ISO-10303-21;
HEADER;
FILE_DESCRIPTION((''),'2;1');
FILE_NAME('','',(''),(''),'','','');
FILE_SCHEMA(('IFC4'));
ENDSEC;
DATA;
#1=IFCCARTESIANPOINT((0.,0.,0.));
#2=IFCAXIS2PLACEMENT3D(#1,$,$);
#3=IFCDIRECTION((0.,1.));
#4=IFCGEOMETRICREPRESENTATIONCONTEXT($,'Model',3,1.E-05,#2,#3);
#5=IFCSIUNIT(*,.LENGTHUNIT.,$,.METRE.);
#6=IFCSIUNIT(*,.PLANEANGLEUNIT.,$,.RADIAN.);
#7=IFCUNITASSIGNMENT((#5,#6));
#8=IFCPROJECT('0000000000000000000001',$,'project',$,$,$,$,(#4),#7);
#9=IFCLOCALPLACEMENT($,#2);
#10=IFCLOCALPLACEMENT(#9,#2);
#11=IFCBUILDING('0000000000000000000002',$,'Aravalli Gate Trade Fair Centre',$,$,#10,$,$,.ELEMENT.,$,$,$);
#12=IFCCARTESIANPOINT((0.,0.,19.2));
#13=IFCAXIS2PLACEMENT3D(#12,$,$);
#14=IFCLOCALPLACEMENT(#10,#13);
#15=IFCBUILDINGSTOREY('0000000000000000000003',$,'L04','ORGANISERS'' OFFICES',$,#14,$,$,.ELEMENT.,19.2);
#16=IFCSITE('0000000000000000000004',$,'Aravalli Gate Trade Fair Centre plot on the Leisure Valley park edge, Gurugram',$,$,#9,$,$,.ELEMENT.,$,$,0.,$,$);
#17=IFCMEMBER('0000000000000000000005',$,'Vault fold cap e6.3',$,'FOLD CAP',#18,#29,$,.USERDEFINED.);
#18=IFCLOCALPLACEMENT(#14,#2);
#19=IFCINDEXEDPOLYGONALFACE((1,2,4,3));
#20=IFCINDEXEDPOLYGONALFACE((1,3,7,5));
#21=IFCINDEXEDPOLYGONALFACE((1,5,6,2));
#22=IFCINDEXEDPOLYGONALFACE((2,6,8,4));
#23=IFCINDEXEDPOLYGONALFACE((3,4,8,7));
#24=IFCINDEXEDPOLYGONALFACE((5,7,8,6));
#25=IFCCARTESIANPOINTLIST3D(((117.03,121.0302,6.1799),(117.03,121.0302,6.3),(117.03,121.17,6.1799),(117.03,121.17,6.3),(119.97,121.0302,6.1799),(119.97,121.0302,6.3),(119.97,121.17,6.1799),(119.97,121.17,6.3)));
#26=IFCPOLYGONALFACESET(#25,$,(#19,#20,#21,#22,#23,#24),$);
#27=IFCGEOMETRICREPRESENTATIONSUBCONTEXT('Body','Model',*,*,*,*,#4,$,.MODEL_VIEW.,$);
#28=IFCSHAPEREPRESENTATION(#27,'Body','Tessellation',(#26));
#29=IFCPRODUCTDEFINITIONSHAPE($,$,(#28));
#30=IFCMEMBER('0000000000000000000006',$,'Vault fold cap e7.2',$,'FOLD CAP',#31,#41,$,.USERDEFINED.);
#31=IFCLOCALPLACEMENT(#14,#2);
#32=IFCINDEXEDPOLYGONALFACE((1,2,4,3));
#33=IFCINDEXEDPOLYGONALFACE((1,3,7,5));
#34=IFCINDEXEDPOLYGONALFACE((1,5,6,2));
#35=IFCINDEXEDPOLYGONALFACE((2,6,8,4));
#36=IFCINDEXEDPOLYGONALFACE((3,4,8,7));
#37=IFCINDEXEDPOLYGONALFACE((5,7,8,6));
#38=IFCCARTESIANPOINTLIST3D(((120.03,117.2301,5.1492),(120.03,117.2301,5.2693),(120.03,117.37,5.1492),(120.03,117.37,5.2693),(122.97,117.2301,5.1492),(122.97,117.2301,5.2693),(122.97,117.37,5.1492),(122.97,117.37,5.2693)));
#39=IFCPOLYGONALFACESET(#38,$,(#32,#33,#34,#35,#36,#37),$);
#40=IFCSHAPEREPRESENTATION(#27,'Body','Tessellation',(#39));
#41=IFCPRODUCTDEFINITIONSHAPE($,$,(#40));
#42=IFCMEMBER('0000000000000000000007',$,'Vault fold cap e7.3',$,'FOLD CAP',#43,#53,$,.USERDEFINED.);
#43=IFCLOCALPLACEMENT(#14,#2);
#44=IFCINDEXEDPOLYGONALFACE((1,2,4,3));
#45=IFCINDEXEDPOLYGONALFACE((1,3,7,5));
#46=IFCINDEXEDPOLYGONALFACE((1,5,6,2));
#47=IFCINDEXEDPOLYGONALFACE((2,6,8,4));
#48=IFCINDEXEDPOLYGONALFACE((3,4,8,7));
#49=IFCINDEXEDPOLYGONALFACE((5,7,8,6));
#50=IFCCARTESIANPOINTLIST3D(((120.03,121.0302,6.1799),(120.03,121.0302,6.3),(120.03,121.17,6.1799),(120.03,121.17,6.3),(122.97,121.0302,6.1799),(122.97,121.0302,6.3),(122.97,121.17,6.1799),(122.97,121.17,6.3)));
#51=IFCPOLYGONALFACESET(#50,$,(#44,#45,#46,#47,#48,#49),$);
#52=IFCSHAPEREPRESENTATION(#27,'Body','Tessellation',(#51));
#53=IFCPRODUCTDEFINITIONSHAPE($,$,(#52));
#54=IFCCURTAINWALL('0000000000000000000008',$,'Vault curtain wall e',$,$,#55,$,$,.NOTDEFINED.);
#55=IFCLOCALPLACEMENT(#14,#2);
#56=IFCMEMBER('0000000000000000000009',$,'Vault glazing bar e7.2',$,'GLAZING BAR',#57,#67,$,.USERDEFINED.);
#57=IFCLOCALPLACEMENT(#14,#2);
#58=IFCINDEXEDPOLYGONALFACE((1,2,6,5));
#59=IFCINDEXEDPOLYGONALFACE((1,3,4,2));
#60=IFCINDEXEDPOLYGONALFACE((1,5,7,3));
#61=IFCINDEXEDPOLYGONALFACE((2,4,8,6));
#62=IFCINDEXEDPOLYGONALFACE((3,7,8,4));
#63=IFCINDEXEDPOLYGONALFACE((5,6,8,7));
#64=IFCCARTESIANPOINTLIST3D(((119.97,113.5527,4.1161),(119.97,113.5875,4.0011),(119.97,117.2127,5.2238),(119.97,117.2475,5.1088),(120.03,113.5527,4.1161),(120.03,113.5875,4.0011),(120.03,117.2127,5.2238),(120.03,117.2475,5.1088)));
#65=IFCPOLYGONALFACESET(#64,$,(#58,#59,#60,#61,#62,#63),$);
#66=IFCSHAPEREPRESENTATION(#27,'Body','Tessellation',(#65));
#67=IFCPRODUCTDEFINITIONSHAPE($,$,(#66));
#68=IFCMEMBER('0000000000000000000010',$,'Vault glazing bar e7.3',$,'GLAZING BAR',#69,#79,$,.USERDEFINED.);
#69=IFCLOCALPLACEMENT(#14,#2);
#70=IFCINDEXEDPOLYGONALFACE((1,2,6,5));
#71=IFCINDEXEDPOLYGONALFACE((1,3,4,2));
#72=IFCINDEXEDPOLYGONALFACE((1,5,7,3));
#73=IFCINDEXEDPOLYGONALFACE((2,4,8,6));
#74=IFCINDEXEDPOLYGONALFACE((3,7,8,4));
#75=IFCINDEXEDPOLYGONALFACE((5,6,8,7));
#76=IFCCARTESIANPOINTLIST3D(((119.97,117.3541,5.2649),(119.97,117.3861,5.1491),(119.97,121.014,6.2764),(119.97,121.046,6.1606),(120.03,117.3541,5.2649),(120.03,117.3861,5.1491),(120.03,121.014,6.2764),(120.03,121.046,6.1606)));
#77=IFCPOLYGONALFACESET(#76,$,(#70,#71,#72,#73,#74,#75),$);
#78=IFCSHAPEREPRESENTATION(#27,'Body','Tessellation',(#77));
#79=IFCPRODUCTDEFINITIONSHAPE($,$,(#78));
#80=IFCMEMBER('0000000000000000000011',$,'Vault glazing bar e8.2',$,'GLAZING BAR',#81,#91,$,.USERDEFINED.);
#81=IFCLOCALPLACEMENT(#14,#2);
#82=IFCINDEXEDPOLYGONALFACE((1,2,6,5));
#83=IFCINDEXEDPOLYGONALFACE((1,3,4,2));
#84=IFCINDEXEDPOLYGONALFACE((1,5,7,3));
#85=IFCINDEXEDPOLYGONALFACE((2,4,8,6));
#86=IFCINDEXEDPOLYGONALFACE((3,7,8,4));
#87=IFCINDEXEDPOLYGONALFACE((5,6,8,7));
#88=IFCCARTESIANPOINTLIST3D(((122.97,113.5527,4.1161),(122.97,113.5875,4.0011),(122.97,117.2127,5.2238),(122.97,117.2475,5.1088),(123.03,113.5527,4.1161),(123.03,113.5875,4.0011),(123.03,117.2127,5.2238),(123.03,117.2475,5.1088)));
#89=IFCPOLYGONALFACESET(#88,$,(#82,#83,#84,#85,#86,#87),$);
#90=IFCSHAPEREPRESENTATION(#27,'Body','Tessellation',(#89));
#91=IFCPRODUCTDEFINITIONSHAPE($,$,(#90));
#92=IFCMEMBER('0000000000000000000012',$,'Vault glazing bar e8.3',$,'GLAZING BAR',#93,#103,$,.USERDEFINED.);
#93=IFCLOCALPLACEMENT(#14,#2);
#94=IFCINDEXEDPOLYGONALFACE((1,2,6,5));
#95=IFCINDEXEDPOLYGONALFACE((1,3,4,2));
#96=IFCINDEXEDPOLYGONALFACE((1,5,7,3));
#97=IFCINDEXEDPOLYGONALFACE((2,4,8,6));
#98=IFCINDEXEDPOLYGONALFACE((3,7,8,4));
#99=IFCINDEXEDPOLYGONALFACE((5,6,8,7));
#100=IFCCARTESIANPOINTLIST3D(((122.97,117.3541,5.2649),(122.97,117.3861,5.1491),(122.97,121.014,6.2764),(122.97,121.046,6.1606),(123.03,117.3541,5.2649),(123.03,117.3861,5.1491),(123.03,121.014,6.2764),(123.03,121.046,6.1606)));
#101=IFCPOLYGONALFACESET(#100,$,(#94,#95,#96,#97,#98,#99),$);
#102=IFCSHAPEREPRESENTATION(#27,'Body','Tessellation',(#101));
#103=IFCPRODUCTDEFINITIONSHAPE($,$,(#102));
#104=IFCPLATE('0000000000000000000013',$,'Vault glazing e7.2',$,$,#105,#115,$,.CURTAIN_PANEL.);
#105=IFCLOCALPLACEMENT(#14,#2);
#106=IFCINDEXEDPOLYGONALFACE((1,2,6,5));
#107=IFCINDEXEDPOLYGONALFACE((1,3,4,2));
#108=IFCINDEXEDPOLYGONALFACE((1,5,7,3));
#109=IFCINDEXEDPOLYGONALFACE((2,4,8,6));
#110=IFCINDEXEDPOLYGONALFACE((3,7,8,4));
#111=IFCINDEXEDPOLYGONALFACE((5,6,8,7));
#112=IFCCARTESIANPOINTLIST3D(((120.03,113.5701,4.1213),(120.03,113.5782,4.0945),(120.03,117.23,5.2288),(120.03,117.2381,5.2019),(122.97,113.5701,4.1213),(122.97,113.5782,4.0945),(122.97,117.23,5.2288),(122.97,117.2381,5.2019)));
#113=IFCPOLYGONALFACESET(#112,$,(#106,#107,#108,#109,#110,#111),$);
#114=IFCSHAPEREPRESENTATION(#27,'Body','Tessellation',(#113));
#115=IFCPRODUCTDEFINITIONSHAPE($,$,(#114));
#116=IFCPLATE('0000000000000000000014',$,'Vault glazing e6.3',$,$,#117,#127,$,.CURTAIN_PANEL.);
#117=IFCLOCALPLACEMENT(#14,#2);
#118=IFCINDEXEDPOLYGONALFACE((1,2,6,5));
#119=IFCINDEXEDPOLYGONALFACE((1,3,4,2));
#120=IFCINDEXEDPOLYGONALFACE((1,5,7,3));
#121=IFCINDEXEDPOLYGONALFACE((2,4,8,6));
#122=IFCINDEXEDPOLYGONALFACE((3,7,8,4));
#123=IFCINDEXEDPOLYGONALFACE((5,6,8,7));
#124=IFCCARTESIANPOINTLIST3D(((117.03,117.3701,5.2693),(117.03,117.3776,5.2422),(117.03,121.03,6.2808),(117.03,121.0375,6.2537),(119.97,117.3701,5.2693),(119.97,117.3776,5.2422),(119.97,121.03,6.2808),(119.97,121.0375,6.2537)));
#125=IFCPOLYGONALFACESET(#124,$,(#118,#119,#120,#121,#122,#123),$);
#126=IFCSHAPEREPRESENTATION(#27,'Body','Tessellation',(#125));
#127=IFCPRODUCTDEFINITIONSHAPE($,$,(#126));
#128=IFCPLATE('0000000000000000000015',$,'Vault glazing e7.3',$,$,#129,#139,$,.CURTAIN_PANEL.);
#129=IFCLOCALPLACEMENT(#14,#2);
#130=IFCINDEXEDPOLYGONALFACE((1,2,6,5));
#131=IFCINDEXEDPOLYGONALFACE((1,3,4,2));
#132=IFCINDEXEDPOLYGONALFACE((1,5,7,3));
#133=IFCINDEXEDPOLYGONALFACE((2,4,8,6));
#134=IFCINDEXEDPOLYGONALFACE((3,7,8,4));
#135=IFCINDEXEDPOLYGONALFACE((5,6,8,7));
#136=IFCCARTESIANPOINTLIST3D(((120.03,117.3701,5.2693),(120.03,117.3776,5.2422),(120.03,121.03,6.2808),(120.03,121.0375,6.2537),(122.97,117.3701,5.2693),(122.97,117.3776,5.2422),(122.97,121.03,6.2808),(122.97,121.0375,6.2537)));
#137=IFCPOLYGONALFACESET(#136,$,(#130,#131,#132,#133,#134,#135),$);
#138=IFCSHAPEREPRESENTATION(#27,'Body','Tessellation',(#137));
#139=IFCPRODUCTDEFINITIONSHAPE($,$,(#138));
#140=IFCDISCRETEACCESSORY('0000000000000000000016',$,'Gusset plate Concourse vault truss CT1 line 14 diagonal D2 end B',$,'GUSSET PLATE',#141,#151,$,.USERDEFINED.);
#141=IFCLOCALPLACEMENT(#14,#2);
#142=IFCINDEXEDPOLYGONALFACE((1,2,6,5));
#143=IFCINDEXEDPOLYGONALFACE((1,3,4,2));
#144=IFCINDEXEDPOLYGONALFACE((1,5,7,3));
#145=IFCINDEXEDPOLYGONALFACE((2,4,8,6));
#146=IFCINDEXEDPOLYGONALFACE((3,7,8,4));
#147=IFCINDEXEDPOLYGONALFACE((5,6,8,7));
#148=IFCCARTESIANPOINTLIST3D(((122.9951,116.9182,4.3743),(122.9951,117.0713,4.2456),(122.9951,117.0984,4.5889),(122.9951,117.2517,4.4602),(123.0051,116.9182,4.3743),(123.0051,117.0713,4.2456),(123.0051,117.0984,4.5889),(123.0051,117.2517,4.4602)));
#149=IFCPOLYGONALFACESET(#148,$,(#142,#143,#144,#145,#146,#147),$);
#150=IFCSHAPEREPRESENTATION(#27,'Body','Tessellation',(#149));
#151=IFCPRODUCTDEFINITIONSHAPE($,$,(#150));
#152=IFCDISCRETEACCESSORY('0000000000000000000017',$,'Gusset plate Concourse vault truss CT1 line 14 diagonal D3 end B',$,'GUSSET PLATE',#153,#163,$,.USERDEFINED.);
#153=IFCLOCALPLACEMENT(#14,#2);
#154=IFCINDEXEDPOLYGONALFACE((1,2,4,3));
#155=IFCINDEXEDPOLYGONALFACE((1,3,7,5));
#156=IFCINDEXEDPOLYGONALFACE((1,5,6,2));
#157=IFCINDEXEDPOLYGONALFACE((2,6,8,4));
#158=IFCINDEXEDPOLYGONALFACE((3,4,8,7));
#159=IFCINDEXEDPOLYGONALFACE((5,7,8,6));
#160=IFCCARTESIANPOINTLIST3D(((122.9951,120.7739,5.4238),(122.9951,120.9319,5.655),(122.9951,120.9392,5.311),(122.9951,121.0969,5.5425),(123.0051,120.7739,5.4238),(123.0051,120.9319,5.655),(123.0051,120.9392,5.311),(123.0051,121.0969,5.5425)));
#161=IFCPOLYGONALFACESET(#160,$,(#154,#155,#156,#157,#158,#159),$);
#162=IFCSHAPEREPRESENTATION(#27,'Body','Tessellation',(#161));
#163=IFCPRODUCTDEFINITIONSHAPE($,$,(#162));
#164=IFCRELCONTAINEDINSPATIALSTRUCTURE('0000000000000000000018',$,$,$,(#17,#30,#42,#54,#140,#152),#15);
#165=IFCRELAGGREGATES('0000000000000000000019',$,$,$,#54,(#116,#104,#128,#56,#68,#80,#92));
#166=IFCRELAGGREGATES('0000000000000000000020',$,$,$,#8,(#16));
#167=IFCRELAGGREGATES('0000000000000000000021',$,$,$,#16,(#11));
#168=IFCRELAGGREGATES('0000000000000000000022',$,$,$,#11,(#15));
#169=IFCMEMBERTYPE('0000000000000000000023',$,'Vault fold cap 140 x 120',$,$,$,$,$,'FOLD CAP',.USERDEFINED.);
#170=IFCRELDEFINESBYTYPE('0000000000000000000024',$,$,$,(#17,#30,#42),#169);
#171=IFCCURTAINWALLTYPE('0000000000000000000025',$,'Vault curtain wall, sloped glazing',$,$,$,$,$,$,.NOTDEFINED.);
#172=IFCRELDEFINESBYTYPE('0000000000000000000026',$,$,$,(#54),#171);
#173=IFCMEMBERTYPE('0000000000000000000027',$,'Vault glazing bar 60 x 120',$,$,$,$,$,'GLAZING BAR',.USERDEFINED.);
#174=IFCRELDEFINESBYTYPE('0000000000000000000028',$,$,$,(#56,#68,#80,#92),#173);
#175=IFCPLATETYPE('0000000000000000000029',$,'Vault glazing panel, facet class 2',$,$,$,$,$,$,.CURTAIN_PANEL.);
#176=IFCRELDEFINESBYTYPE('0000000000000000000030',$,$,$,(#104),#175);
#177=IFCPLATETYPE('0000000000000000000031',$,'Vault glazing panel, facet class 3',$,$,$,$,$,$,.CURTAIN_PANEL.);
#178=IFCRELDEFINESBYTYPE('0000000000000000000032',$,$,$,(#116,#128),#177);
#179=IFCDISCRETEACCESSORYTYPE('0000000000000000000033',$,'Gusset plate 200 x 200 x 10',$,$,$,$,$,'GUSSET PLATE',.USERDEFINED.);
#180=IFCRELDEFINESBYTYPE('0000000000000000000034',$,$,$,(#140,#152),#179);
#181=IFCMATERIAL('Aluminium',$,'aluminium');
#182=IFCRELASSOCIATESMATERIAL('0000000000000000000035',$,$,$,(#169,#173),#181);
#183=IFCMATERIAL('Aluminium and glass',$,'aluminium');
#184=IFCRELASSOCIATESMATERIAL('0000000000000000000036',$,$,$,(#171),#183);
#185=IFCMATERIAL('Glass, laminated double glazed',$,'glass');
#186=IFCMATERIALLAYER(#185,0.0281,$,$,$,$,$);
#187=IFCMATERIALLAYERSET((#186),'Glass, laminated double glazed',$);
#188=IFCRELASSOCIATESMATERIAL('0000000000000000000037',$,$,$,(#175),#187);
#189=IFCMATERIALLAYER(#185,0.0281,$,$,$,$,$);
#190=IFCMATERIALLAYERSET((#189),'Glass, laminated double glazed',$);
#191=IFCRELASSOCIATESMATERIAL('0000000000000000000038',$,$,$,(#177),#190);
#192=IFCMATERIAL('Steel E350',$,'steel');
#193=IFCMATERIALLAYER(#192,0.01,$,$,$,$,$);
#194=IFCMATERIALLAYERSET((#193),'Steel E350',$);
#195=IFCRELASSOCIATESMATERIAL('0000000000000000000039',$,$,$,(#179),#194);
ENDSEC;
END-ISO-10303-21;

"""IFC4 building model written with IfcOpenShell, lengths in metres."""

from ifc_helpers import new_model, si_unit, direction, frame, origin, origin_2d, place, context, subcontext, project, spatial, polyline, rectangle, outline, extrude, material, layer, layer_set, material_profile, profile_set, type_object, element, aggregate, save


model = new_model("IFC4")

# Units and contexts
model_context = context("Model", 3, precision=1e-05, world=origin(), true_north=direction((0.0, 1.0)))
body_context = subcontext(model_context, "Body", "Model", "MODEL_VIEW")
ifc_project = project(units=[si_unit("LENGTHUNIT", "METRE"), si_unit("PLANEANGLEUNIT", "RADIAN")], contexts=[model_context])

# Site, building, storey
site_placement = place(None, origin())
site = spatial("IfcSite", under=ifc_project, at=site_placement, Name="Aravalli Gate Trade Fair Centre plot on the Leisure Valley park edge, Gurugram", CompositionType="ELEMENT", RefElevation=0.0)
building_placement = place(site_placement, origin())
building = spatial("IfcBuilding", under=site, at=building_placement, Name="Aravalli Gate Trade Fair Centre", CompositionType="ELEMENT")
storey_placement = place(building_placement, frame((0.0, 0.0, 19.2)))
storey = spatial("IfcBuildingStorey", under=building, at=storey_placement, Name="L04", Description="ORGANISERS' OFFICES", CompositionType="ELEMENT", Elevation=19.2)

# Members
ifc_material_1 = material(Name="Steel E350", Category="steel")
ifc_material_2 = material(Name="Aluminium", Category="aluminium")
ifc_material_profile_1 = material_profile(ifc_material_2, rectangle(XDim=0.1399, YDim=0.1201, at=origin_2d()), Name="Vault fold cap 140 x 120")
ifc_profile_set_1 = profile_set([ifc_material_profile_1], Name="Aluminium")
member_type_1 = type_object("IfcMemberType", Name="Vault fold cap 140 x 120", ElementType="FOLD CAP", PredefinedType="USERDEFINED", material=ifc_profile_set_1)
for number, where, z_axis, x_axis, name in (
    (1, (117.03, 121.1001, 6.24), (1.0, 0.0, 0.0), (0.0, 1.0, 0.0), "Vault fold cap e6.3"),
    (2, (120.03, 117.3, 5.2092), (1.0, 0.0, 0.0), (0.0, 1.0, 0.0), "Vault fold cap e7.2"),
    (3, (120.03, 121.1001, 6.24), (1.0, 0.0, 0.0), (0.0, 1.0, 0.0), "Vault fold cap e7.3"),
):
    element("IfcMember", number, at=place(storey_placement, frame(where, z_axis=z_axis, x_axis=x_axis)), inside=storey, type_object=member_type_1, Name=name, ObjectType="FOLD CAP", PredefinedType="USERDEFINED", context=body_context, shape_type="SweptSolid", body=[
        extrude(rectangle(XDim=0.1399, YDim=0.1201, at=origin_2d()), origin(), (0.0, 0.0, 1.0), 2.9399),
    ])

# Curtain wall, members, plates
ifc_material_3 = material(Name="Aluminium and glass", Category="aluminium")
curtain_wall_type = type_object("IfcCurtainWallType", Name="Vault curtain wall, sloped glazing", PredefinedType="NOTDEFINED", material=ifc_material_3)
curtain_wall_placement = place(storey_placement, origin())
curtain_wall = element("IfcCurtainWall", 4, at=curtain_wall_placement, inside=storey, type_object=curtain_wall_type, Name="Vault curtain wall e", PredefinedType="NOTDEFINED")
ifc_material_profile_2 = material_profile(ifc_material_2, rectangle(XDim=0.0601, YDim=0.1201, at=origin_2d()), Name="Vault glazing bar 60 x 120")
ifc_profile_set_2 = profile_set([ifc_material_profile_2], Name="Aluminium")
member_type_2 = type_object("IfcMemberType", Name="Vault glazing bar 60 x 120", ElementType="GLAZING BAR", PredefinedType="USERDEFINED", material=ifc_profile_set_2)
member_1_placement = place(storey_placement, frame((120.0, 113.5701, 4.0586), z_axis=(0.0, 0.957126, 0.289672), x_axis=(-1.0, 0.0, 0.0)))
member_1 = element("IfcMember", 5, at=member_1_placement, type_object=member_type_2, Name="Vault glazing bar e7.2", ObjectType="GLAZING BAR", PredefinedType="USERDEFINED", context=body_context, shape_type="SweptSolid", body=[
    extrude(rectangle(XDim=0.0601, YDim=0.1201, at=origin_2d()), origin(), (0.0, 0.0, 1.0), 3.824),
])
member_2_placement = place(storey_placement, frame((120.0, 117.3701, 5.207), z_axis=(0.0, 0.963868, 0.26638), x_axis=(-1.0, 0.0, 0.0)))
member_2 = element("IfcMember", 6, at=member_2_placement, type_object=member_type_2, Name="Vault glazing bar e7.3", ObjectType="GLAZING BAR", PredefinedType="USERDEFINED", context=body_context, shape_type="SweptSolid", body=[
    extrude(rectangle(XDim=0.0601, YDim=0.1201, at=origin_2d()), origin(), (0.0, 0.0, 1.0), 3.7971),
])
member_3_placement = place(storey_placement, frame((123.0, 113.5701, 4.0586), z_axis=(0.0, 0.957126, 0.289672), x_axis=(-1.0, 0.0, 0.0)))
member_3 = element("IfcMember", 7, at=member_3_placement, type_object=member_type_2, Name="Vault glazing bar e8.2", ObjectType="GLAZING BAR", PredefinedType="USERDEFINED", context=body_context, shape_type="SweptSolid", body=[
    extrude(rectangle(XDim=0.0601, YDim=0.1201, at=origin_2d()), origin(), (0.0, 0.0, 1.0), 3.824),
])
member_4_placement = place(storey_placement, frame((123.0, 117.3701, 5.207), z_axis=(0.0, 0.963868, 0.26638), x_axis=(-1.0, 0.0, 0.0)))
member_4 = element("IfcMember", 8, at=member_4_placement, type_object=member_type_2, Name="Vault glazing bar e8.3", ObjectType="GLAZING BAR", PredefinedType="USERDEFINED", context=body_context, shape_type="SweptSolid", body=[
    extrude(rectangle(XDim=0.0601, YDim=0.1201, at=origin_2d()), origin(), (0.0, 0.0, 1.0), 3.7971),
])
ifc_material_4 = material(Name="Glass, laminated double glazed", Category="glass")
ifc_layer_1 = layer(ifc_material_4, 0.0281)
ifc_layer_set_1 = layer_set([ifc_layer_1], Name="Glass, laminated double glazed")
plate_type_1 = type_object("IfcPlateType", Name="Vault glazing panel, facet class 2", PredefinedType="CURTAIN_PANEL", material=ifc_layer_set_1)
plate_1_placement = place(storey_placement, frame((120.03, 113.5701, 4.1213), z_axis=(0.0, -0.289614, 0.957144), x_axis=(1.0, 0.0, 0.0)))
plate_1 = element("IfcPlate", 9, at=plate_1_placement, type_object=plate_type_1, Name="Vault glazing e7.2", PredefinedType="CURTAIN_PANEL", context=body_context, shape_type="SweptSolid", body=[
    extrude(outline(polyline([(0.0, 0.0), (2.9399, 0.0), (2.9399, 3.8238), (0.0, 3.8238), (0.0, 0.0)])), origin(), (0.0, 0.0, -1.0), 0.0281),
])
ifc_layer_2 = layer(ifc_material_4, 0.0281)
ifc_layer_set_2 = layer_set([ifc_layer_2], Name="Glass, laminated double glazed")
plate_type_2 = type_object("IfcPlateType", Name="Vault glazing panel, facet class 3", PredefinedType="CURTAIN_PANEL", material=ifc_layer_set_2)
plate_2_placement = place(storey_placement, frame((117.03, 117.3701, 5.2693), z_axis=(0.0, -0.26638, 0.963868), x_axis=(1.0, 0.0, 0.0)))
plate_2 = element("IfcPlate", 10, at=plate_2_placement, type_object=plate_type_2, Name="Vault glazing e6.3", PredefinedType="CURTAIN_PANEL", context=body_context, shape_type="SweptSolid", body=[
    extrude(outline(polyline([(0.0, 0.0), (2.9399, 0.0), (2.9399, 3.7971), (0.0, 3.7971), (0.0, 0.0)])), origin(), (0.0, 0.0, -1.0), 0.0281),
])
plate_3_placement = place(storey_placement, frame((120.03, 117.3701, 5.2693), z_axis=(0.0, -0.26638, 0.963868), x_axis=(1.0, 0.0, 0.0)))
plate_3 = element("IfcPlate", 11, at=plate_3_placement, type_object=plate_type_2, Name="Vault glazing e7.3", PredefinedType="CURTAIN_PANEL", context=body_context, shape_type="SweptSolid", body=[
    extrude(outline(polyline([(0.0, 0.0), (2.9399, 0.0), (2.9399, 3.7971), (0.0, 3.7971), (0.0, 0.0)])), origin(), (0.0, 0.0, -1.0), 0.0281),
])
aggregate(curtain_wall, [plate_2, plate_1, plate_3, member_1, member_2, member_3, member_4])

# Discrete accessories
ifc_layer_3 = layer(ifc_material_1, 0.01)
ifc_layer_set_3 = layer_set([ifc_layer_3], Name="Steel E350")
discrete_accessory_type = type_object("IfcDiscreteAccessoryType", Name="Gusset plate 200 x 200 x 10", ElementType="GUSSET PLATE", PredefinedType="USERDEFINED", material=ifc_layer_set_3)
discrete_accessory_1_placement = place(storey_placement, frame((122.9951, 116.9182, 4.3743), z_axis=(-1.0, 0.0, 0.0), x_axis=(0.0, 0.643008, 0.765859)))
element("IfcDiscreteAccessory", 12, at=discrete_accessory_1_placement, inside=storey, type_object=discrete_accessory_type, Name="Gusset plate Concourse vault truss CT1 line 14 diagonal D2 end B", ObjectType="GUSSET PLATE", PredefinedType="USERDEFINED", context=body_context, shape_type="SweptSolid", body=[
    extrude(outline(polyline([(0.0, 0.0), (0.2802, 0.0), (0.2803, 0.2002), (-0.0001, 0.2), (0.0, 0.0)])), origin(), (0.0, 0.0, -1.0), 0.01),
])
discrete_accessory_2_placement = place(storey_placement, frame((122.9951, 120.7739, 5.4238), z_axis=(-1.0, 0.0, 0.0), x_axis=(0.0, 0.564121, 0.825692)))
element("IfcDiscreteAccessory", 13, at=discrete_accessory_2_placement, inside=storey, type_object=discrete_accessory_type, Name="Gusset plate Concourse vault truss CT1 line 14 diagonal D3 end B", ObjectType="GUSSET PLATE", PredefinedType="USERDEFINED", context=body_context, shape_type="SweptSolid", body=[
    extrude(outline(polyline([(0.0, 0.0), (0.28, 0.0), (0.2802, 0.1998), (0.0001, 0.2001), (0.0, 0.0)])), origin(), (0.0, 0.0, -1.0), 0.01),
])

save(model, "model.ifc")
